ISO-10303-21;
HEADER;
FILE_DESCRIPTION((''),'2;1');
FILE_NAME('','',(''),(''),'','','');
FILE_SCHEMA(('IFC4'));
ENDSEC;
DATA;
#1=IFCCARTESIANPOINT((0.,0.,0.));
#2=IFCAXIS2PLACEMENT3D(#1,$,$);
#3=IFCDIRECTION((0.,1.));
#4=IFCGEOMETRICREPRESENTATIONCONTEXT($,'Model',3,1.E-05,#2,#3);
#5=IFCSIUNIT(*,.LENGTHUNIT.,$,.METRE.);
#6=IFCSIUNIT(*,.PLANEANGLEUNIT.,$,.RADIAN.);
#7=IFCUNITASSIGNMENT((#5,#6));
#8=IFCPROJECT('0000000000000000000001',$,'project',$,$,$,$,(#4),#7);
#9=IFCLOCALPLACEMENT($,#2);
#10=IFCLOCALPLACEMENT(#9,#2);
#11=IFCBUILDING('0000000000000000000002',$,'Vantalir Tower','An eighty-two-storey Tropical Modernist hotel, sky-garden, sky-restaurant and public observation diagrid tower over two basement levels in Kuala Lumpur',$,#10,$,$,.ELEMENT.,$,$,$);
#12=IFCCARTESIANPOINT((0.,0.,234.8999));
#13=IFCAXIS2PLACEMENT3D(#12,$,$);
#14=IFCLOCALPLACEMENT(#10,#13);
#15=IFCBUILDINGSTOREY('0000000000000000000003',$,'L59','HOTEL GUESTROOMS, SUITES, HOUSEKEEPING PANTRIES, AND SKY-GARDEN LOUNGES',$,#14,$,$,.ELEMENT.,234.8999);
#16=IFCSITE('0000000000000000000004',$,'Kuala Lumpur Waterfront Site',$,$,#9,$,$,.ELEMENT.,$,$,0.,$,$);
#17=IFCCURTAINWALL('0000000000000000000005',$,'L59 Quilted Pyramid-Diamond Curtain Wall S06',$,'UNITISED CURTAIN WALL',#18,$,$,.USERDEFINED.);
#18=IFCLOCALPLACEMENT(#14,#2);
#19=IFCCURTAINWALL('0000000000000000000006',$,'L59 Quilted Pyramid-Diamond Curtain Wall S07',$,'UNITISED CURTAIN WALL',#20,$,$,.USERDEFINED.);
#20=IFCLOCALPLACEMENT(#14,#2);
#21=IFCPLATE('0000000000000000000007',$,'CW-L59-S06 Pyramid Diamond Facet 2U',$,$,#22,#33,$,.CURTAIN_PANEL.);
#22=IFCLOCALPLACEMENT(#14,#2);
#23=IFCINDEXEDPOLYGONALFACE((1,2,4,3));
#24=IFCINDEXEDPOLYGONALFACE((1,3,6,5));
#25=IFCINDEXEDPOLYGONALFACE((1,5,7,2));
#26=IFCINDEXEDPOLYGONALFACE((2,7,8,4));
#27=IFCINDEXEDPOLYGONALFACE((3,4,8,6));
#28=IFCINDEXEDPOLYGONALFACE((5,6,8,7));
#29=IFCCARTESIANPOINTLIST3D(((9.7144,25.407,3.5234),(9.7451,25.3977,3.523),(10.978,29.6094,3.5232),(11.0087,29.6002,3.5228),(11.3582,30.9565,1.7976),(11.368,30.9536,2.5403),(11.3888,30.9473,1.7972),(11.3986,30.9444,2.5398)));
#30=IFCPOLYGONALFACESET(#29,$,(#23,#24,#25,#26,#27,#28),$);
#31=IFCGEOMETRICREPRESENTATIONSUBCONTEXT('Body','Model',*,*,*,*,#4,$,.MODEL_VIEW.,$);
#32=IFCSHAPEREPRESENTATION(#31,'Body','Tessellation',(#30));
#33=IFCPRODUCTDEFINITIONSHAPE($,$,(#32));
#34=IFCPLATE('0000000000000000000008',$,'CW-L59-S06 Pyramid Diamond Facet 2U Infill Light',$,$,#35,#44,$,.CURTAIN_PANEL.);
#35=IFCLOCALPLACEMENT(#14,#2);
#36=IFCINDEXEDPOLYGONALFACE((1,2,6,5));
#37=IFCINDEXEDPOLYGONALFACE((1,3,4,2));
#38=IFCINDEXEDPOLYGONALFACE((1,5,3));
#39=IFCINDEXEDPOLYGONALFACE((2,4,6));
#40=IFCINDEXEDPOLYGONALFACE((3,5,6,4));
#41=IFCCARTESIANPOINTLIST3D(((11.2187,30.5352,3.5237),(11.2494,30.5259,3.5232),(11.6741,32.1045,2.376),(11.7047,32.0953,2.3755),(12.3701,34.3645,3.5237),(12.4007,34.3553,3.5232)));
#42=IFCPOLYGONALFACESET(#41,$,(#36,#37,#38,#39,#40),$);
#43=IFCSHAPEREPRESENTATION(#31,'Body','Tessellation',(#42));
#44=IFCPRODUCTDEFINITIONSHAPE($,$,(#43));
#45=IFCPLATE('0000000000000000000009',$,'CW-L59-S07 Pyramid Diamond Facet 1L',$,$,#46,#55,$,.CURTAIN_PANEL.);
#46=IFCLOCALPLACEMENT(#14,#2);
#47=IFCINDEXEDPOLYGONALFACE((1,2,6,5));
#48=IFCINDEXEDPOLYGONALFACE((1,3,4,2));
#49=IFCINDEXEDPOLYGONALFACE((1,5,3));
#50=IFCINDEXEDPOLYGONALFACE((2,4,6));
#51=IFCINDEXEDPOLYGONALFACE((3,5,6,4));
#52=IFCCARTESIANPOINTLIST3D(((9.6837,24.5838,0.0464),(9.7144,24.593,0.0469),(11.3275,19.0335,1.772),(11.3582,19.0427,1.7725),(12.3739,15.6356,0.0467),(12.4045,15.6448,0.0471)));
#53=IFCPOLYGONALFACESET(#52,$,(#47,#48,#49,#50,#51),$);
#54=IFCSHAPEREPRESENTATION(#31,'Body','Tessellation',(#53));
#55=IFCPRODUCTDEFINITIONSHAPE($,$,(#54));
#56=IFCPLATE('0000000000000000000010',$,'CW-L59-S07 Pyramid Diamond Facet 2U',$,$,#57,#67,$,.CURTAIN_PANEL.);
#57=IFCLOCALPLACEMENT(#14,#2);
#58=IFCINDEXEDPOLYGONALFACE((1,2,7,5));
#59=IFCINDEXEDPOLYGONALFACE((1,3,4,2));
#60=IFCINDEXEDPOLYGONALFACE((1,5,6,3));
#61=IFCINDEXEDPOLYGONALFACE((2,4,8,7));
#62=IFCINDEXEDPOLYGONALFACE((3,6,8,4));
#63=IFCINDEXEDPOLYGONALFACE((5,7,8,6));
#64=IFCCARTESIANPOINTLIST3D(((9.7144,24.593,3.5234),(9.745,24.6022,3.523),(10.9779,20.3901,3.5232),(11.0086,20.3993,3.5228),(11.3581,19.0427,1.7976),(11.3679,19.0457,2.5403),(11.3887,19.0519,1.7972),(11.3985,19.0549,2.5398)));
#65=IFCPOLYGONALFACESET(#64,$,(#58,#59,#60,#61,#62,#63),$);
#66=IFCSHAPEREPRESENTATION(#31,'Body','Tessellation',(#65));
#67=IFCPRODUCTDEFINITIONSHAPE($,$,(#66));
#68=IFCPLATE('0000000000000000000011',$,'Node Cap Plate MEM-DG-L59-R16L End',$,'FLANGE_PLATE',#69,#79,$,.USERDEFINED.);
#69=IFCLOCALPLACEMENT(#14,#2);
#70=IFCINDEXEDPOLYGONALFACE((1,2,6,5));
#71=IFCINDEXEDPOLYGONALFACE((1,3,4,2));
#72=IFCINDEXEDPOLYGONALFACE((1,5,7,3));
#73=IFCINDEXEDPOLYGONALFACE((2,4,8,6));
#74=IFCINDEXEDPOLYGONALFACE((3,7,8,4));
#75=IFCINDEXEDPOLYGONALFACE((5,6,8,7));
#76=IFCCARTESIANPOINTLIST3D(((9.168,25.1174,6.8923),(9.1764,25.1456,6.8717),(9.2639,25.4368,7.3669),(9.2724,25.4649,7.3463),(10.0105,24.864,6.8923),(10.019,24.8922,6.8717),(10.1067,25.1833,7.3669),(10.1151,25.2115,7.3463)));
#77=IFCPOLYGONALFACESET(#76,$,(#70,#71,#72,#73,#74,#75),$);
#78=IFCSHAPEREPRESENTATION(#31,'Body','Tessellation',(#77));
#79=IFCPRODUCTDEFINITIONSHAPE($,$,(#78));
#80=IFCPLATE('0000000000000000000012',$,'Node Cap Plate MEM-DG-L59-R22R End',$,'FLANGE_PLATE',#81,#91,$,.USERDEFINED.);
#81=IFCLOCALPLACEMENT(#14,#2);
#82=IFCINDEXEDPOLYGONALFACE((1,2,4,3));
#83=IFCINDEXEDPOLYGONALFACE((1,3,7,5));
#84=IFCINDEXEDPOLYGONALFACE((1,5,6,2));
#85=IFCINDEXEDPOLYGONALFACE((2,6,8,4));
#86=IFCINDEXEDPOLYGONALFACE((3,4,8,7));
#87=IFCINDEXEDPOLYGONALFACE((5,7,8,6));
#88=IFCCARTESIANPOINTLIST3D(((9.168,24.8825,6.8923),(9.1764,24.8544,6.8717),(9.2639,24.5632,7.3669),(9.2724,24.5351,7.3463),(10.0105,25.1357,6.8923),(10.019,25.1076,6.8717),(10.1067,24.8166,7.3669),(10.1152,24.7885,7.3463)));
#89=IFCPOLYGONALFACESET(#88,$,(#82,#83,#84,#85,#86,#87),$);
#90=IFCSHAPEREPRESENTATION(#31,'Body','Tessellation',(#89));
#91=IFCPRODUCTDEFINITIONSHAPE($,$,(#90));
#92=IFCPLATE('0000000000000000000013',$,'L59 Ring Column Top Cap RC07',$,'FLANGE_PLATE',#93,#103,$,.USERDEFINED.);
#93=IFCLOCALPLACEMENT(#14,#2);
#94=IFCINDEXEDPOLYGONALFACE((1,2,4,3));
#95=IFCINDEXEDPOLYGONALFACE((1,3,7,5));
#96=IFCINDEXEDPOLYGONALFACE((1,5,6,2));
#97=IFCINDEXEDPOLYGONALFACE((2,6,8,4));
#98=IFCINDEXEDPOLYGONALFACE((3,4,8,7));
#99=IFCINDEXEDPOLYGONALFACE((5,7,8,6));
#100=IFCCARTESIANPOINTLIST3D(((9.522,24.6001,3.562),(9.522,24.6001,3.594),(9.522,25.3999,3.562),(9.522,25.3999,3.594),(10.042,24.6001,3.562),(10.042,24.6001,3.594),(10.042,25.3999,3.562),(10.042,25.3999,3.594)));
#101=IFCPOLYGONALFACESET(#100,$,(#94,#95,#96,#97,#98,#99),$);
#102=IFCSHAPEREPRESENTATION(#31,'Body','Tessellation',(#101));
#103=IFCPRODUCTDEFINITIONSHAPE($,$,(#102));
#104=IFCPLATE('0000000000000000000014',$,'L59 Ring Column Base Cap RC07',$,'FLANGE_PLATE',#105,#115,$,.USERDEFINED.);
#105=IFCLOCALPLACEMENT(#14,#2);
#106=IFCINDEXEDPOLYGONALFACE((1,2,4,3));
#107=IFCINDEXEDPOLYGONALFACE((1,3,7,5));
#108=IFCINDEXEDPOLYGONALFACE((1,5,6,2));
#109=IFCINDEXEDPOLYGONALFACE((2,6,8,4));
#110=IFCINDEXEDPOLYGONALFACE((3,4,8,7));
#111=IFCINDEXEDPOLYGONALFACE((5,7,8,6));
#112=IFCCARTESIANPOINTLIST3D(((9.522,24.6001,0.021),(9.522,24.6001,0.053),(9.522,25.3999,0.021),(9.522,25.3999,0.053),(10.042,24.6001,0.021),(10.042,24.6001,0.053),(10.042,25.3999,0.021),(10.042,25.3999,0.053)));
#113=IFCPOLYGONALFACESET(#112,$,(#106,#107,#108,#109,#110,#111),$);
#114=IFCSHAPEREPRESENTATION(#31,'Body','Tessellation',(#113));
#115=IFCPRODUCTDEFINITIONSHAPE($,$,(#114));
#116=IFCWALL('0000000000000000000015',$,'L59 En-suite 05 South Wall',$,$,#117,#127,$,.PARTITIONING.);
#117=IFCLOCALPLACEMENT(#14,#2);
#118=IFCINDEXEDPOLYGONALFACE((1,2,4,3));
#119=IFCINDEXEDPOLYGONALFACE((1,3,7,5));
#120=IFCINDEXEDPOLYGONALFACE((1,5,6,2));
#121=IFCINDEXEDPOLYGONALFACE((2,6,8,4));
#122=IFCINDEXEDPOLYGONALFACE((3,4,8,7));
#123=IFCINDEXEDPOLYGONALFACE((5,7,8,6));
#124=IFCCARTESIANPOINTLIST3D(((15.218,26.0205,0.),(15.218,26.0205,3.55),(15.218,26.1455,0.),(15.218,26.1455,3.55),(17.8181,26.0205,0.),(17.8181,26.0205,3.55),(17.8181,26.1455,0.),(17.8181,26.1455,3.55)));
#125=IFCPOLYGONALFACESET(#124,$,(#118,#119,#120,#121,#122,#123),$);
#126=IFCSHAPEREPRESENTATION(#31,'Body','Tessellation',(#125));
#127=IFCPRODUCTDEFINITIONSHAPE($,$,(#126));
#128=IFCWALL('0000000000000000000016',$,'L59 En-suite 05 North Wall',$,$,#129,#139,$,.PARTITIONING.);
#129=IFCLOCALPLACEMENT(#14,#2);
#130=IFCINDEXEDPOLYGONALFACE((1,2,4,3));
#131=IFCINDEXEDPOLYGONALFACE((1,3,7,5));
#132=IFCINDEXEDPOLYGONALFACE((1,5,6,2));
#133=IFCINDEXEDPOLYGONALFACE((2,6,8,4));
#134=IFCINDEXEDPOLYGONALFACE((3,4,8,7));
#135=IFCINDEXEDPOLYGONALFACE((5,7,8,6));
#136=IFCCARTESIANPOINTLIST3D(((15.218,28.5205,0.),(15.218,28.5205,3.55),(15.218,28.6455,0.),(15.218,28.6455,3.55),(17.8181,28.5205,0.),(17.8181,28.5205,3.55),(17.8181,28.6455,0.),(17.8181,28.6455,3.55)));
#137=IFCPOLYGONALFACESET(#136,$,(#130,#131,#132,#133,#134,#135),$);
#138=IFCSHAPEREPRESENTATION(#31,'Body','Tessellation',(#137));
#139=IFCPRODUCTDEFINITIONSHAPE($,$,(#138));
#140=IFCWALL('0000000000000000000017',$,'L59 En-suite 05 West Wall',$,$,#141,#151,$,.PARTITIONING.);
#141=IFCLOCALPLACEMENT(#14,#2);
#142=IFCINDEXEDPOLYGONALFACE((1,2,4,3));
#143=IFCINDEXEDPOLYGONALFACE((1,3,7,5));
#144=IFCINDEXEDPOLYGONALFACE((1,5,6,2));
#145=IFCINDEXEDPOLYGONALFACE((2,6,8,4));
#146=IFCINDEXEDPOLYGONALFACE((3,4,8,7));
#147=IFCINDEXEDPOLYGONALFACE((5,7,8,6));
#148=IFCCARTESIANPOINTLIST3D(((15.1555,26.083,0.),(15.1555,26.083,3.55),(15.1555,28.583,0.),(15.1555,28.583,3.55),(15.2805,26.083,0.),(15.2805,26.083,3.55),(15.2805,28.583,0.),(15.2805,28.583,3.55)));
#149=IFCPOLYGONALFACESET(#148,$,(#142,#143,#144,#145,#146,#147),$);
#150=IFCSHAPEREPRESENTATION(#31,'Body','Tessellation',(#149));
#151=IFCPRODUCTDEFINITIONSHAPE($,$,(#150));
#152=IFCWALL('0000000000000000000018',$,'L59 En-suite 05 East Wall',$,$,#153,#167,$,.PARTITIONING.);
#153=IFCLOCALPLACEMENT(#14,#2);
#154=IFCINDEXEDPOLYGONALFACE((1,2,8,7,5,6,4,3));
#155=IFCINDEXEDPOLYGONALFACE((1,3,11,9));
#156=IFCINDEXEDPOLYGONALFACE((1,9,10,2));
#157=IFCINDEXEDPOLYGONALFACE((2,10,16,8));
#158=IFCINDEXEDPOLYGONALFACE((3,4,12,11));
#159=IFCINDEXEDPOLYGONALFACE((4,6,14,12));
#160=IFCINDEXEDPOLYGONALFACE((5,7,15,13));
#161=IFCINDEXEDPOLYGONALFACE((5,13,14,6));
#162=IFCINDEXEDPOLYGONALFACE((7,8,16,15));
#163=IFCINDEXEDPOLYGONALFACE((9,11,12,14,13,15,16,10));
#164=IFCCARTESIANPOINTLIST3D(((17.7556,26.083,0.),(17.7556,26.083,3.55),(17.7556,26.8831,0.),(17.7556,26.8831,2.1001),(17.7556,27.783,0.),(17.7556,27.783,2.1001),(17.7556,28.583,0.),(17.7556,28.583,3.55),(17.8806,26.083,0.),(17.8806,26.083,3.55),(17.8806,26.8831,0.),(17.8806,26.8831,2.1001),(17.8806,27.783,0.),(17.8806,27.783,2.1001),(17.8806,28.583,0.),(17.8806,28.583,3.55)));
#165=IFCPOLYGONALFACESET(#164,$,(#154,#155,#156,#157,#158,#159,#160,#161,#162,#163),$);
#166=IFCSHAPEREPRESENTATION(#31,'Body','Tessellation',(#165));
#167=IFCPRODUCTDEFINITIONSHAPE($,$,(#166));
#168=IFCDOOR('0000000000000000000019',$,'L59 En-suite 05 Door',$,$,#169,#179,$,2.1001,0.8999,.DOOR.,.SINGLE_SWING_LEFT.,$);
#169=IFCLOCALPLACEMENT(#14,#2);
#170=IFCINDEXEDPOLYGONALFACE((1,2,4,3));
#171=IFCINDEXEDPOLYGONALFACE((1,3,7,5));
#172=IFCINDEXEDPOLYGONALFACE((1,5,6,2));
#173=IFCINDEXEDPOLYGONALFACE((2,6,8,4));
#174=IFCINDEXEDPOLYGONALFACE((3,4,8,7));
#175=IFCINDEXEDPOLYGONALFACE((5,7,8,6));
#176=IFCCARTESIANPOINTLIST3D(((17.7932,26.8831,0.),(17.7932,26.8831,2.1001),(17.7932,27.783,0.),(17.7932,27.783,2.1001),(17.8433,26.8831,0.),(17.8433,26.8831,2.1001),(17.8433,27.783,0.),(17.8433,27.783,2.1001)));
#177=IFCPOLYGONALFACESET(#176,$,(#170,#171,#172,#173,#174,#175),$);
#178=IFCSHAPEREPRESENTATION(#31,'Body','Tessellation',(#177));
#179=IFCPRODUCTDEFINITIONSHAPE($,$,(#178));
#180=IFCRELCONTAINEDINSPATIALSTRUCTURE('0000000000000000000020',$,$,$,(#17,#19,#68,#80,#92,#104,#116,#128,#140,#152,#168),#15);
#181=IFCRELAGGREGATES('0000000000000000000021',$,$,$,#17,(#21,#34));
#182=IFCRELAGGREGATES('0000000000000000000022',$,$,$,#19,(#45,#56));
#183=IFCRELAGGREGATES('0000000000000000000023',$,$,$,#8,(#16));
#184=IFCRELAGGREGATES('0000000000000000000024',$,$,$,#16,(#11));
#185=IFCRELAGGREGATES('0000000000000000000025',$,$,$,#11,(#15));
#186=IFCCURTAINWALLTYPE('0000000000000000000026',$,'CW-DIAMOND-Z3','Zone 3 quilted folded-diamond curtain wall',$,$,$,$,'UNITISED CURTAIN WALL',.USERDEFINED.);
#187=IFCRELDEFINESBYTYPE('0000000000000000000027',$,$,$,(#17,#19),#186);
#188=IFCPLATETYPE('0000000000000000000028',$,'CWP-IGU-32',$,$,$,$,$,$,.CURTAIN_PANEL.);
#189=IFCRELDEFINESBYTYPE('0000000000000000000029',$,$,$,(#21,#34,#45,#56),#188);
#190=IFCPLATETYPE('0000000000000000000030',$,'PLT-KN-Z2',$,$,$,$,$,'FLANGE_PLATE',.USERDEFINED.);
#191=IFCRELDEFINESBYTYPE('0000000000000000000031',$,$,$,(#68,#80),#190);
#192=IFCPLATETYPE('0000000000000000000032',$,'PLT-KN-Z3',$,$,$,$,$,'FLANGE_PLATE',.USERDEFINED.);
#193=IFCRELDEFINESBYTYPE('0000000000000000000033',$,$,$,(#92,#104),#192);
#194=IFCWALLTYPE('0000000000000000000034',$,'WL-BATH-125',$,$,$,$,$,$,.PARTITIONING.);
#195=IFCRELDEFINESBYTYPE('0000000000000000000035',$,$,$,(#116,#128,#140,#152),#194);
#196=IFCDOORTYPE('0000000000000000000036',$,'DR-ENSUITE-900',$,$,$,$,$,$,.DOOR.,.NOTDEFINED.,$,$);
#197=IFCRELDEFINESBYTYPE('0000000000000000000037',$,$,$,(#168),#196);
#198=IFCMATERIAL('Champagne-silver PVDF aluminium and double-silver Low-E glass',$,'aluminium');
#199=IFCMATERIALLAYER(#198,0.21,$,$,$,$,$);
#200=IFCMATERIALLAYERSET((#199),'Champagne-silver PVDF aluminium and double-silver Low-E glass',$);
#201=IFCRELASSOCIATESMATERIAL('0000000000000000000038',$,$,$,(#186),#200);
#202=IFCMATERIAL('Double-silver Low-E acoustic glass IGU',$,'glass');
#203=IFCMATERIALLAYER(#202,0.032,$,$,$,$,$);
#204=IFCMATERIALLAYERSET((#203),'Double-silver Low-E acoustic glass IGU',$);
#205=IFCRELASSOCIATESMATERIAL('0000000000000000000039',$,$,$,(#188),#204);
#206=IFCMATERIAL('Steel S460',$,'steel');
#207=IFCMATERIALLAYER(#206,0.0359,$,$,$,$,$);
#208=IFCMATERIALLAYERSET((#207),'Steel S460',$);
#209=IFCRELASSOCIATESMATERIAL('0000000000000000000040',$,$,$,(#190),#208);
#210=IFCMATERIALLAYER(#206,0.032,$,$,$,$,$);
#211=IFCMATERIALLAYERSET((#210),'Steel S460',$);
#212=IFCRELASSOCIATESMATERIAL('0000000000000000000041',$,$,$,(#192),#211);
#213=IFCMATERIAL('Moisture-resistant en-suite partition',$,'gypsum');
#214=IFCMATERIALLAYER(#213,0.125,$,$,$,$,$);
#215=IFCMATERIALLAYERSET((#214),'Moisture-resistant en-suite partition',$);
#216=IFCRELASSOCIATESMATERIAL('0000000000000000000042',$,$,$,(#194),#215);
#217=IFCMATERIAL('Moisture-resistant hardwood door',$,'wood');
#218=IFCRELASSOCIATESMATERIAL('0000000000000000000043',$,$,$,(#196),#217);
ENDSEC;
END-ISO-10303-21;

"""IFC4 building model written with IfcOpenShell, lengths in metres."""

from ifc_helpers import new_model, si_unit, direction, frame, frame_2d, origin, place, context, subcontext, project, spatial, polyline, rectangle, outline, extrude, material, layer, layer_set, type_object, element, fill, aggregate, save


model = new_model("IFC4")

# Units and contexts
model_context = context("Model", 3, precision=1e-05, world=origin(), true_north=direction((0.0, 1.0)))
body_context = subcontext(model_context, "Body", "Model", "MODEL_VIEW")
ifc_project = project(units=[si_unit("LENGTHUNIT", "METRE"), si_unit("PLANEANGLEUNIT", "RADIAN")], contexts=[model_context])

# Site, building, storey
site_placement = place(None, origin())
site = spatial("IfcSite", under=ifc_project, at=site_placement, Name="Kuala Lumpur Waterfront Site", CompositionType="ELEMENT", RefElevation=0.0)
building_placement = place(site_placement, origin())
building = spatial("IfcBuilding", under=site, at=building_placement, Name="Vantalir Tower", Description="An eighty-two-storey Tropical Modernist hotel, sky-garden, sky-restaurant and public observation diagrid tower over two basement levels in Kuala Lumpur", CompositionType="ELEMENT")
storey_placement = place(building_placement, frame((0.0, 0.0, 234.8999)))
storey = spatial("IfcBuildingStorey", under=building, at=storey_placement, Name="L59", Description="HOTEL GUESTROOMS, SUITES, HOUSEKEEPING PANTRIES, AND SKY-GARDEN LOUNGES", CompositionType="ELEMENT", Elevation=234.8999)

# Shared definitions
ifc_material_1 = material(Name="Steel S460", Category="steel")

# Curtain wall
ifc_material_2 = material(Name="Champagne-silver PVDF aluminium and double-silver Low-E glass", Category="aluminium")
ifc_layer_1 = layer(ifc_material_2, 0.21)
ifc_layer_set_1 = layer_set([ifc_layer_1], Name="Champagne-silver PVDF aluminium and double-silver Low-E glass")
curtain_wall_type = type_object("IfcCurtainWallType", Name="CW-DIAMOND-Z3", Description="Zone 3 quilted folded-diamond curtain wall", ElementType="UNITISED CURTAIN WALL", PredefinedType="USERDEFINED", material=ifc_layer_set_1)
curtain_wall_1_placement = place(storey_placement, origin())
curtain_wall_1 = element("IfcCurtainWall", 1, at=curtain_wall_1_placement, inside=storey, type_object=curtain_wall_type, Name="L59 Quilted Pyramid-Diamond Curtain Wall S06", ObjectType="UNITISED CURTAIN WALL", PredefinedType="USERDEFINED")

# Curtain wall
curtain_wall_2_placement = place(storey_placement, origin())
curtain_wall_2 = element("IfcCurtainWall", 2, at=curtain_wall_2_placement, inside=storey, type_object=curtain_wall_type, Name="L59 Quilted Pyramid-Diamond Curtain Wall S07", ObjectType="UNITISED CURTAIN WALL", PredefinedType="USERDEFINED")

# Plates
ifc_material_3 = material(Name="Double-silver Low-E acoustic glass IGU", Category="glass")
ifc_layer_2 = layer(ifc_material_3, 0.032)
ifc_layer_set_2 = layer_set([ifc_layer_2], Name="Double-silver Low-E acoustic glass IGU")
plate_type_1 = type_object("IfcPlateType", Name="CWP-IGU-32", PredefinedType="CURTAIN_PANEL", material=ifc_layer_set_2)
plate_1_placement = place(storey_placement, frame((10.978, 29.6094, 3.5232), z_axis=(-0.957554, 0.28792, 0.013841), x_axis=(-0.287947, -0.957646, 0.000055)))
plate_1 = element("IfcPlate", 3, at=plate_1_placement, type_object=plate_type_1, Name="CW-L59-S06 Pyramid Diamond Facet 2U", PredefinedType="CURTAIN_PANEL", context=body_context, shape_type="SweptSolid", body=[
    extrude(outline(polyline([(0.0, 0.0), (4.3883, 0.0), (-1.3997, -1.7257), (-1.3996, -0.9829), (0.0, 0.0)])), origin(), (0.0, 0.0, -1.0), 0.032),
])
plate_2_placement = place(storey_placement, frame((12.3701, 34.3645, 3.5237), z_axis=(-0.957559, 0.287909, 0.013791), x_axis=(-0.287936, -0.95765, 0.0)))
plate_2 = element("IfcPlate", 4, at=plate_2_placement, type_object=plate_type_1, Name="CW-L59-S06 Pyramid Diamond Facet 2U Infill Light", PredefinedType="CURTAIN_PANEL", context=body_context, shape_type="SweptSolid", body=[
    extrude(outline(polyline([(0.0, 0.0), (3.9987, 0.0), (2.3647, -1.1478), (0.0, 0.0)])), origin(), (0.0, 0.0, -1.0), 0.032),
])
aggregate(curtain_wall_1, [plate_1, plate_2])
plate_3_placement = place(storey_placement, frame((9.7144, 24.593, 0.0469), z_axis=(0.957567, 0.287882, 0.013781), x_axis=(0.287909, -0.957658, 0.000026)))
plate_3 = element("IfcPlate", 5, at=plate_3_placement, type_object=plate_type_1, Name="CW-L59-S07 Pyramid Diamond Facet 1L", PredefinedType="CURTAIN_PANEL", context=body_context, shape_type="SweptSolid", body=[
    extrude(outline(polyline([(0.0, 0.0), (9.3439, 0.0), (5.7886, -1.7256), (0.0, 0.0)])), origin(), (0.0, 0.0, -1.0), 0.032),
])
plate_4_placement = place(storey_placement, frame((9.7144, 24.593, 3.5234), z_axis=(-0.957564, -0.287887, 0.013854), x_axis=(0.287914, -0.957656, -0.000055)))
plate_4 = element("IfcPlate", 6, at=plate_4_placement, type_object=plate_type_1, Name="CW-L59-S07 Pyramid Diamond Facet 2U", PredefinedType="CURTAIN_PANEL", context=body_context, shape_type="SweptSolid", body=[
    extrude(outline(polyline([(0.0, 0.0), (4.3887, 0.0), (5.7886, -0.9829), (5.7886, -1.7257), (0.0, 0.0)])), origin(), (0.0, 0.0, -1.0), 0.032),
])
aggregate(curtain_wall_2, [plate_3, plate_4])

# Plates
ifc_layer_3 = layer(ifc_material_1, 0.0359)
ifc_layer_set_3 = layer_set([ifc_layer_3], Name="Steel S460")
plate_type_2 = type_object("IfcPlateType", Name="PLT-KN-Z2", ElementType="FLANGE_PLATE", PredefinedType="USERDEFINED", material=ifc_layer_set_3)
plate_5_placement = place(storey_placement, frame((9.168, 25.1174, 6.8923), z_axis=(-0.235645, -0.783554, 0.574905), x_axis=(0.957628, -0.28801, -0.000019)))
element("IfcPlate", 7, at=plate_5_placement, inside=storey, type_object=plate_type_2, Name="Node Cap Plate MEM-DG-L59-R16L End", ObjectType="FLANGE_PLATE", PredefinedType="USERDEFINED", context=body_context, shape_type="SweptSolid", body=[
    extrude(outline(polyline([(0.0, 0.0), (0.8798, 0.0), (0.88, 0.5801), (-0.0001, 0.58), (0.0, 0.0)])), origin(), (0.0, 0.0, -1.0), 0.0359),
])
plate_6_placement = place(storey_placement, frame((10.0105, 25.1357, 6.8923), z_axis=(-0.235568, 0.783676, 0.57477), x_axis=(-0.957678, -0.28784, -0.000044)))
element("IfcPlate", 8, at=plate_6_placement, inside=storey, type_object=plate_type_2, Name="Node Cap Plate MEM-DG-L59-R22R End", ObjectType="FLANGE_PLATE", PredefinedType="USERDEFINED", context=body_context, shape_type="SweptSolid", body=[
    extrude(outline(polyline([(0.0, 0.0), (0.8797, 0.0), (0.8798, 0.58), (-0.0003, 0.5799), (0.0, 0.0)])), origin(), (0.0, 0.0, -1.0), 0.0359),
])
ifc_layer_4 = layer(ifc_material_1, 0.032)
ifc_layer_set_4 = layer_set([ifc_layer_4], Name="Steel S460")
plate_type_3 = type_object("IfcPlateType", Name="PLT-KN-Z3", ElementType="FLANGE_PLATE", PredefinedType="USERDEFINED", material=ifc_layer_set_4)
for number, where, z_axis, x_axis, name in (
    (9, (9.522, 25.3999, 3.594), (0.0, 0.0, 1.0), (0.0, -1.0, 0.0), "L59 Ring Column Top Cap RC07"),
    (10, (9.522, 25.3999, 0.053), (0.0, 0.0, 1.0), (0.0, -1.0, 0.0), "L59 Ring Column Base Cap RC07"),
):
    element("IfcPlate", number, at=place(storey_placement, frame(where, z_axis=z_axis, x_axis=x_axis)), inside=storey, type_object=plate_type_3, Name=name, ObjectType="FLANGE_PLATE", PredefinedType="USERDEFINED", context=body_context, shape_type="SweptSolid", body=[
        extrude(outline(polyline([(0.0, 0.0), (0.7998, 0.0), (0.7998, 0.52), (0.0, 0.52), (0.0, 0.0)])), origin(), (0.0, 0.0, -1.0), 0.032),
    ])

# Walls
ifc_material_4 = material(Name="Moisture-resistant en-suite partition", Category="gypsum")
ifc_layer_5 = layer(ifc_material_4, 0.125)
ifc_layer_set_5 = layer_set([ifc_layer_5], Name="Moisture-resistant en-suite partition")
wall_type_1 = type_object("IfcWallType", Name="WL-BATH-125", PredefinedType="PARTITIONING", material=ifc_layer_set_5)
for number, where, z_axis, x_axis, name in (
    (11, (15.218, 26.083, 0.0), (0.0, 0.0, 1.0), (1.0, 0.0, 0.0), "L59 En-suite 05 South Wall"),
    (12, (15.218, 28.583, 0.0), (0.0, 0.0, 1.0), (1.0, 0.0, 0.0), "L59 En-suite 05 North Wall"),
):
    element("IfcWall", number, at=place(storey_placement, frame(where, z_axis=z_axis, x_axis=x_axis)), inside=storey, type_object=wall_type_1, Name=name, PredefinedType="PARTITIONING", context=body_context, shape_type="SweptSolid", body=[
        extrude(rectangle(XDim=2.6001, YDim=0.125, at=frame_2d((1.3, 0.0))), origin(), (0.0, 0.0, 1.0), 3.55),
    ])
wall_1_placement = place(storey_placement, frame((15.218, 26.083, 0.0), z_axis=(0.0, 0.0, 1.0), x_axis=(0.0, 1.0, 0.0)))
element("IfcWall", 13, at=wall_1_placement, inside=storey, type_object=wall_type_1, Name="L59 En-suite 05 West Wall", PredefinedType="PARTITIONING", context=body_context, shape_type="SweptSolid", body=[
    extrude(rectangle(XDim=2.5, YDim=0.125, at=frame_2d((1.25, 0.0))), origin(), (0.0, 0.0, 1.0), 3.55),
])

# Wall, opening, door
wall_2_placement = place(storey_placement, frame((17.8181, 26.083, 0.0), z_axis=(0.0, 0.0, 1.0), x_axis=(0.0, 1.0, 0.0)))
wall_2 = element("IfcWall", 14, at=wall_2_placement, inside=storey, type_object=wall_type_1, Name="L59 En-suite 05 East Wall", PredefinedType="PARTITIONING", context=body_context, shape_type="SweptSolid", body=[
    extrude(rectangle(XDim=2.5, YDim=0.125, at=frame_2d((1.25, 0.0))), origin(), (0.0, 0.0, 1.0), 3.55),
])
opening_1_placement = place(wall_2_placement, frame((0.8, 0.0, 0.0)))
opening_1 = element("IfcOpeningElement", 15, at=opening_1_placement, cuts=wall_2, PredefinedType="OPENING", context=body_context, shape_type="SweptSolid", body=[
    extrude(rectangle(XDim=0.8999, YDim=2.1001, at=frame_2d((0.45, 1.05))), frame((0.0, 0.0725, 0.0), z_axis=(0.0, -1.0, 0.0), x_axis=(1.0, 0.0, 0.0)), (0.0, 0.0, 1.0), 0.145),
])
ifc_material_5 = material(Name="Moisture-resistant hardwood door", Category="wood")
door_type_1 = type_object("IfcDoorType", Name="DR-ENSUITE-900", OperationType="NOTDEFINED", PredefinedType="DOOR", material=ifc_material_5)
door_1_placement = place(opening_1_placement, origin())
door_1 = element("IfcDoor", 16, at=door_1_placement, inside=storey, type_object=door_type_1, Name="L59 En-suite 05 Door", OperationType="SINGLE_SWING_LEFT", OverallHeight=2.1001, OverallWidth=0.8999, PredefinedType="DOOR", context=body_context, shape_type="SweptSolid", body=[
    extrude(rectangle(XDim=0.8999, YDim=2.1001, at=frame_2d((0.45, 1.05))), frame((0.0, 0.0249, 0.0), z_axis=(0.0, -1.0, 0.0), x_axis=(1.0, 0.0, 0.0)), (0.0, 0.0, 1.0), 0.05),
])
fill(opening_1, door_1)

save(model, "model.ifc")
